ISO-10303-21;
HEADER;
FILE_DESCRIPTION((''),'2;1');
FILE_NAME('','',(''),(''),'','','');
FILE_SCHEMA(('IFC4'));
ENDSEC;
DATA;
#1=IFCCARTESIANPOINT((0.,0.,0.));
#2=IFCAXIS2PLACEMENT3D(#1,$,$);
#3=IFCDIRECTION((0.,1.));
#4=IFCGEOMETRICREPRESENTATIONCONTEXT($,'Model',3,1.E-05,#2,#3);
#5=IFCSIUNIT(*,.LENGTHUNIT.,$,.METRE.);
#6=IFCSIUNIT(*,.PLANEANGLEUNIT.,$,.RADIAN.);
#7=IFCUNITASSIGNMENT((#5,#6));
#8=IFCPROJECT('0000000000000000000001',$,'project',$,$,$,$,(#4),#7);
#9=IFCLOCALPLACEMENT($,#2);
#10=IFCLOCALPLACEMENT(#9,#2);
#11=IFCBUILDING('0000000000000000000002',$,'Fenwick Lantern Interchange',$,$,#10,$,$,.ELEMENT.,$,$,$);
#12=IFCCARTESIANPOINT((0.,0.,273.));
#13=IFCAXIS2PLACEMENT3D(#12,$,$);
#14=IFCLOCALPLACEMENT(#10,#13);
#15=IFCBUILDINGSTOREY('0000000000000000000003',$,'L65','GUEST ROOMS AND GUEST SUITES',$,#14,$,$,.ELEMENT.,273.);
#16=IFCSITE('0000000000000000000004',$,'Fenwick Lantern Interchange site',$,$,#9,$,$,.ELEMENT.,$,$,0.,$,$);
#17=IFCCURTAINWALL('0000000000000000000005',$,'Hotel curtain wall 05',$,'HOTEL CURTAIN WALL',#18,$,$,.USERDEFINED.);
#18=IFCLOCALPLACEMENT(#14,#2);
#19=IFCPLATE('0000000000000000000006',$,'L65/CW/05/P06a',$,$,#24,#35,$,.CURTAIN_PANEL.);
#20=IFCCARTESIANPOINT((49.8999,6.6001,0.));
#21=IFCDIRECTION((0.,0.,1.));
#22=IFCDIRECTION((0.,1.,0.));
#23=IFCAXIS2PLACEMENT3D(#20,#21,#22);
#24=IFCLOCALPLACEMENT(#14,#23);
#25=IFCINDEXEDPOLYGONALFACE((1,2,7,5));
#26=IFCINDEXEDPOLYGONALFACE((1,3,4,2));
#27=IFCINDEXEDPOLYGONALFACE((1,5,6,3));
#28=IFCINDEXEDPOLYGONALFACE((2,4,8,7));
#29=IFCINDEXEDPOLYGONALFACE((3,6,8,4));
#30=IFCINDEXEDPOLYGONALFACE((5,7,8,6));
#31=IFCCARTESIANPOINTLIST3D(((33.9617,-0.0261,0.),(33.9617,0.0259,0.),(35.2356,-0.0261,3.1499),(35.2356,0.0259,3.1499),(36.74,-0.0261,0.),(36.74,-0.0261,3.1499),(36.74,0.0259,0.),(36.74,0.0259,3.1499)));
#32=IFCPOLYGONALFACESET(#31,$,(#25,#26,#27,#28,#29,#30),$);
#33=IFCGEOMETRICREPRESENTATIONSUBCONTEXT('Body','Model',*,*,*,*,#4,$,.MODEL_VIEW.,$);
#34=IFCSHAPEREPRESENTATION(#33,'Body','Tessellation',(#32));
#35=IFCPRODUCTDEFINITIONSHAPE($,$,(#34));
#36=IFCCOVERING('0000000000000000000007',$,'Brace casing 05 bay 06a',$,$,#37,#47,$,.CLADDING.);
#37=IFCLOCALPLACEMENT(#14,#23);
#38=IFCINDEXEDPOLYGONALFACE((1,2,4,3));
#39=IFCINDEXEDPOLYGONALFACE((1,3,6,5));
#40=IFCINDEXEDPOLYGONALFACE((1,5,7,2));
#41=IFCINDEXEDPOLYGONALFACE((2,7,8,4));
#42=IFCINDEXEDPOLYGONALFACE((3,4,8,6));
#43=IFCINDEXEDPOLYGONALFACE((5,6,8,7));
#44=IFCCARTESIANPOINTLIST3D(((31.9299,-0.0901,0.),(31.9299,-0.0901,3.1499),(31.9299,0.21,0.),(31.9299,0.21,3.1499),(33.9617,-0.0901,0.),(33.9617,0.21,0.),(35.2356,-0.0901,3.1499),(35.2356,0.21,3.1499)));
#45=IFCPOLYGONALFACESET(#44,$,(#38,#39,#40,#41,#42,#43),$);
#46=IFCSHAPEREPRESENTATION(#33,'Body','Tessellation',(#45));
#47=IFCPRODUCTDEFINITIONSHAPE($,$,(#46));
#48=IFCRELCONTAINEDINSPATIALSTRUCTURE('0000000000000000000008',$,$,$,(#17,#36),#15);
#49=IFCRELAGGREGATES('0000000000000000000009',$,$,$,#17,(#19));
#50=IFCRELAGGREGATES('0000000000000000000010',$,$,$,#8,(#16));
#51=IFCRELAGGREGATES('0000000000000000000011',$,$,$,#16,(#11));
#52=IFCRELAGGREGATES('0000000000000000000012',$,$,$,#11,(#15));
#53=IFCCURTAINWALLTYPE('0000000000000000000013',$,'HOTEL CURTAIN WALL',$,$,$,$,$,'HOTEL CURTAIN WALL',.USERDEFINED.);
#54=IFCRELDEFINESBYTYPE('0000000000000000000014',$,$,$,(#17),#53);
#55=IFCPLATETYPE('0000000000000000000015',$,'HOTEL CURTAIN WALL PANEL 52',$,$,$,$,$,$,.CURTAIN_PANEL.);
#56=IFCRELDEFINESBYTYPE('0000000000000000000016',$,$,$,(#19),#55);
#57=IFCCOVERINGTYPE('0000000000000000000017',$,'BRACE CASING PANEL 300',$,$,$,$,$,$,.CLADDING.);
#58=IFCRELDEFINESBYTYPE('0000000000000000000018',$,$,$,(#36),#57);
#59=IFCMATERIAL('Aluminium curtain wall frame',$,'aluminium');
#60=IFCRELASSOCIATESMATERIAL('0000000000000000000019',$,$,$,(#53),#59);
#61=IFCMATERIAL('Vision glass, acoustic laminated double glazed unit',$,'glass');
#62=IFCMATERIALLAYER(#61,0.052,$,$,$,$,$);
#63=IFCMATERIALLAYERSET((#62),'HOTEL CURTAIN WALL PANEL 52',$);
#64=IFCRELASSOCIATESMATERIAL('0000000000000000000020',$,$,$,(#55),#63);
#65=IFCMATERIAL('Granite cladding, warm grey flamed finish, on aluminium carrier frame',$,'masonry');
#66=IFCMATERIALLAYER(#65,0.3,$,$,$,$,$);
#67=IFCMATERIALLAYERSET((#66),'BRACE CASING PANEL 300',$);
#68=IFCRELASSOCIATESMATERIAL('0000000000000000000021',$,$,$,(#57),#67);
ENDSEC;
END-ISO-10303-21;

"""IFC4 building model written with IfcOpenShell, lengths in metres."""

from ifc_helpers import new_model, si_unit, direction, frame, origin, place, context, subcontext, project, spatial, polyline, outline, extrude, material, layer, layer_set, type_object, element, aggregate, save


model = new_model("IFC4")

# Units and contexts
model_context = context("Model", 3, precision=1e-05, world=origin(), true_north=direction((0.0, 1.0)))
body_context = subcontext(model_context, "Body", "Model", "MODEL_VIEW")
ifc_project = project(units=[si_unit("LENGTHUNIT", "METRE"), si_unit("PLANEANGLEUNIT", "RADIAN")], contexts=[model_context])

# Site, building, storey
site_placement = place(None, origin())
site = spatial("IfcSite", under=ifc_project, at=site_placement, Name="Fenwick Lantern Interchange site", CompositionType="ELEMENT", RefElevation=0.0)
building_placement = place(site_placement, origin())
building = spatial("IfcBuilding", under=site, at=building_placement, Name="Fenwick Lantern Interchange", CompositionType="ELEMENT")
storey_placement = place(building_placement, frame((0.0, 0.0, 273.0)))
storey = spatial("IfcBuildingStorey", under=building, at=storey_placement, Name="L65", Description="GUEST ROOMS AND GUEST SUITES", CompositionType="ELEMENT", Elevation=273.0)

# Curtain wall
ifc_material_1 = material(Name="Aluminium curtain wall frame", Category="aluminium")
curtain_wall_type = type_object("IfcCurtainWallType", Name="HOTEL CURTAIN WALL", ElementType="HOTEL CURTAIN WALL", PredefinedType="USERDEFINED", material=ifc_material_1)
curtain_wall_placement = place(storey_placement, origin())
curtain_wall = element("IfcCurtainWall", 1, at=curtain_wall_placement, inside=storey, type_object=curtain_wall_type, Name="Hotel curtain wall 05", ObjectType="HOTEL CURTAIN WALL", PredefinedType="USERDEFINED")

# Plate
ifc_material_2 = material(Name="Vision glass, acoustic laminated double glazed unit", Category="glass")
ifc_layer_1 = layer(ifc_material_2, 0.052)
ifc_layer_set_1 = layer_set([ifc_layer_1], Name="HOTEL CURTAIN WALL PANEL 52")
plate_type = type_object("IfcPlateType", Name="HOTEL CURTAIN WALL PANEL 52", PredefinedType="CURTAIN_PANEL", material=ifc_layer_set_1)
plate_placement = place(storey_placement, frame((49.8999, 6.6001, 0.0), z_axis=(0.0, 0.0, 1.0), x_axis=(0.0, 1.0, 0.0)))
plate = element("IfcPlate", 2, at=plate_placement, type_object=plate_type, Name="L65/CW/05/P06a", PredefinedType="CURTAIN_PANEL", context=body_context, shape_type="SweptSolid", body=[
    extrude(outline(polyline([(33.9617, 0.0), (36.74, 0.0), (36.74, 3.1499), (35.2356, 3.1499), (33.9617, 0.0)])), frame((0.0, 0.0259, 0.0), z_axis=(0.0, -1.0, 0.0), x_axis=(1.0, 0.0, 0.0)), (0.0, 0.0, 1.0), 0.052),
])
aggregate(curtain_wall, [plate])

# Covering
ifc_material_3 = material(Name="Granite cladding, warm grey flamed finish, on aluminium carrier frame", Category="masonry")
ifc_layer_2 = layer(ifc_material_3, 0.3)
ifc_layer_set_2 = layer_set([ifc_layer_2], Name="BRACE CASING PANEL 300")
covering_type = type_object("IfcCoveringType", Name="BRACE CASING PANEL 300", PredefinedType="CLADDING", material=ifc_layer_set_2)
covering_placement = place(storey_placement, frame((49.8999, 6.6001, 0.0), z_axis=(0.0, 0.0, 1.0), x_axis=(0.0, 1.0, 0.0)))
element("IfcCovering", 3, at=covering_placement, inside=storey, type_object=covering_type, Name="Brace casing 05 bay 06a", PredefinedType="CLADDING", context=body_context, shape_type="SweptSolid", body=[
    extrude(outline(polyline([(31.9299, 0.0), (33.9617, 0.0), (35.2356, 3.1499), (31.9299, 3.1499), (31.9299, 0.0)])), frame((0.0, 0.21, 0.0), z_axis=(0.0, -1.0, 0.0), x_axis=(1.0, 0.0, 0.0)), (0.0, 0.0, 1.0), 0.3),
])

save(model, "model.ifc")
